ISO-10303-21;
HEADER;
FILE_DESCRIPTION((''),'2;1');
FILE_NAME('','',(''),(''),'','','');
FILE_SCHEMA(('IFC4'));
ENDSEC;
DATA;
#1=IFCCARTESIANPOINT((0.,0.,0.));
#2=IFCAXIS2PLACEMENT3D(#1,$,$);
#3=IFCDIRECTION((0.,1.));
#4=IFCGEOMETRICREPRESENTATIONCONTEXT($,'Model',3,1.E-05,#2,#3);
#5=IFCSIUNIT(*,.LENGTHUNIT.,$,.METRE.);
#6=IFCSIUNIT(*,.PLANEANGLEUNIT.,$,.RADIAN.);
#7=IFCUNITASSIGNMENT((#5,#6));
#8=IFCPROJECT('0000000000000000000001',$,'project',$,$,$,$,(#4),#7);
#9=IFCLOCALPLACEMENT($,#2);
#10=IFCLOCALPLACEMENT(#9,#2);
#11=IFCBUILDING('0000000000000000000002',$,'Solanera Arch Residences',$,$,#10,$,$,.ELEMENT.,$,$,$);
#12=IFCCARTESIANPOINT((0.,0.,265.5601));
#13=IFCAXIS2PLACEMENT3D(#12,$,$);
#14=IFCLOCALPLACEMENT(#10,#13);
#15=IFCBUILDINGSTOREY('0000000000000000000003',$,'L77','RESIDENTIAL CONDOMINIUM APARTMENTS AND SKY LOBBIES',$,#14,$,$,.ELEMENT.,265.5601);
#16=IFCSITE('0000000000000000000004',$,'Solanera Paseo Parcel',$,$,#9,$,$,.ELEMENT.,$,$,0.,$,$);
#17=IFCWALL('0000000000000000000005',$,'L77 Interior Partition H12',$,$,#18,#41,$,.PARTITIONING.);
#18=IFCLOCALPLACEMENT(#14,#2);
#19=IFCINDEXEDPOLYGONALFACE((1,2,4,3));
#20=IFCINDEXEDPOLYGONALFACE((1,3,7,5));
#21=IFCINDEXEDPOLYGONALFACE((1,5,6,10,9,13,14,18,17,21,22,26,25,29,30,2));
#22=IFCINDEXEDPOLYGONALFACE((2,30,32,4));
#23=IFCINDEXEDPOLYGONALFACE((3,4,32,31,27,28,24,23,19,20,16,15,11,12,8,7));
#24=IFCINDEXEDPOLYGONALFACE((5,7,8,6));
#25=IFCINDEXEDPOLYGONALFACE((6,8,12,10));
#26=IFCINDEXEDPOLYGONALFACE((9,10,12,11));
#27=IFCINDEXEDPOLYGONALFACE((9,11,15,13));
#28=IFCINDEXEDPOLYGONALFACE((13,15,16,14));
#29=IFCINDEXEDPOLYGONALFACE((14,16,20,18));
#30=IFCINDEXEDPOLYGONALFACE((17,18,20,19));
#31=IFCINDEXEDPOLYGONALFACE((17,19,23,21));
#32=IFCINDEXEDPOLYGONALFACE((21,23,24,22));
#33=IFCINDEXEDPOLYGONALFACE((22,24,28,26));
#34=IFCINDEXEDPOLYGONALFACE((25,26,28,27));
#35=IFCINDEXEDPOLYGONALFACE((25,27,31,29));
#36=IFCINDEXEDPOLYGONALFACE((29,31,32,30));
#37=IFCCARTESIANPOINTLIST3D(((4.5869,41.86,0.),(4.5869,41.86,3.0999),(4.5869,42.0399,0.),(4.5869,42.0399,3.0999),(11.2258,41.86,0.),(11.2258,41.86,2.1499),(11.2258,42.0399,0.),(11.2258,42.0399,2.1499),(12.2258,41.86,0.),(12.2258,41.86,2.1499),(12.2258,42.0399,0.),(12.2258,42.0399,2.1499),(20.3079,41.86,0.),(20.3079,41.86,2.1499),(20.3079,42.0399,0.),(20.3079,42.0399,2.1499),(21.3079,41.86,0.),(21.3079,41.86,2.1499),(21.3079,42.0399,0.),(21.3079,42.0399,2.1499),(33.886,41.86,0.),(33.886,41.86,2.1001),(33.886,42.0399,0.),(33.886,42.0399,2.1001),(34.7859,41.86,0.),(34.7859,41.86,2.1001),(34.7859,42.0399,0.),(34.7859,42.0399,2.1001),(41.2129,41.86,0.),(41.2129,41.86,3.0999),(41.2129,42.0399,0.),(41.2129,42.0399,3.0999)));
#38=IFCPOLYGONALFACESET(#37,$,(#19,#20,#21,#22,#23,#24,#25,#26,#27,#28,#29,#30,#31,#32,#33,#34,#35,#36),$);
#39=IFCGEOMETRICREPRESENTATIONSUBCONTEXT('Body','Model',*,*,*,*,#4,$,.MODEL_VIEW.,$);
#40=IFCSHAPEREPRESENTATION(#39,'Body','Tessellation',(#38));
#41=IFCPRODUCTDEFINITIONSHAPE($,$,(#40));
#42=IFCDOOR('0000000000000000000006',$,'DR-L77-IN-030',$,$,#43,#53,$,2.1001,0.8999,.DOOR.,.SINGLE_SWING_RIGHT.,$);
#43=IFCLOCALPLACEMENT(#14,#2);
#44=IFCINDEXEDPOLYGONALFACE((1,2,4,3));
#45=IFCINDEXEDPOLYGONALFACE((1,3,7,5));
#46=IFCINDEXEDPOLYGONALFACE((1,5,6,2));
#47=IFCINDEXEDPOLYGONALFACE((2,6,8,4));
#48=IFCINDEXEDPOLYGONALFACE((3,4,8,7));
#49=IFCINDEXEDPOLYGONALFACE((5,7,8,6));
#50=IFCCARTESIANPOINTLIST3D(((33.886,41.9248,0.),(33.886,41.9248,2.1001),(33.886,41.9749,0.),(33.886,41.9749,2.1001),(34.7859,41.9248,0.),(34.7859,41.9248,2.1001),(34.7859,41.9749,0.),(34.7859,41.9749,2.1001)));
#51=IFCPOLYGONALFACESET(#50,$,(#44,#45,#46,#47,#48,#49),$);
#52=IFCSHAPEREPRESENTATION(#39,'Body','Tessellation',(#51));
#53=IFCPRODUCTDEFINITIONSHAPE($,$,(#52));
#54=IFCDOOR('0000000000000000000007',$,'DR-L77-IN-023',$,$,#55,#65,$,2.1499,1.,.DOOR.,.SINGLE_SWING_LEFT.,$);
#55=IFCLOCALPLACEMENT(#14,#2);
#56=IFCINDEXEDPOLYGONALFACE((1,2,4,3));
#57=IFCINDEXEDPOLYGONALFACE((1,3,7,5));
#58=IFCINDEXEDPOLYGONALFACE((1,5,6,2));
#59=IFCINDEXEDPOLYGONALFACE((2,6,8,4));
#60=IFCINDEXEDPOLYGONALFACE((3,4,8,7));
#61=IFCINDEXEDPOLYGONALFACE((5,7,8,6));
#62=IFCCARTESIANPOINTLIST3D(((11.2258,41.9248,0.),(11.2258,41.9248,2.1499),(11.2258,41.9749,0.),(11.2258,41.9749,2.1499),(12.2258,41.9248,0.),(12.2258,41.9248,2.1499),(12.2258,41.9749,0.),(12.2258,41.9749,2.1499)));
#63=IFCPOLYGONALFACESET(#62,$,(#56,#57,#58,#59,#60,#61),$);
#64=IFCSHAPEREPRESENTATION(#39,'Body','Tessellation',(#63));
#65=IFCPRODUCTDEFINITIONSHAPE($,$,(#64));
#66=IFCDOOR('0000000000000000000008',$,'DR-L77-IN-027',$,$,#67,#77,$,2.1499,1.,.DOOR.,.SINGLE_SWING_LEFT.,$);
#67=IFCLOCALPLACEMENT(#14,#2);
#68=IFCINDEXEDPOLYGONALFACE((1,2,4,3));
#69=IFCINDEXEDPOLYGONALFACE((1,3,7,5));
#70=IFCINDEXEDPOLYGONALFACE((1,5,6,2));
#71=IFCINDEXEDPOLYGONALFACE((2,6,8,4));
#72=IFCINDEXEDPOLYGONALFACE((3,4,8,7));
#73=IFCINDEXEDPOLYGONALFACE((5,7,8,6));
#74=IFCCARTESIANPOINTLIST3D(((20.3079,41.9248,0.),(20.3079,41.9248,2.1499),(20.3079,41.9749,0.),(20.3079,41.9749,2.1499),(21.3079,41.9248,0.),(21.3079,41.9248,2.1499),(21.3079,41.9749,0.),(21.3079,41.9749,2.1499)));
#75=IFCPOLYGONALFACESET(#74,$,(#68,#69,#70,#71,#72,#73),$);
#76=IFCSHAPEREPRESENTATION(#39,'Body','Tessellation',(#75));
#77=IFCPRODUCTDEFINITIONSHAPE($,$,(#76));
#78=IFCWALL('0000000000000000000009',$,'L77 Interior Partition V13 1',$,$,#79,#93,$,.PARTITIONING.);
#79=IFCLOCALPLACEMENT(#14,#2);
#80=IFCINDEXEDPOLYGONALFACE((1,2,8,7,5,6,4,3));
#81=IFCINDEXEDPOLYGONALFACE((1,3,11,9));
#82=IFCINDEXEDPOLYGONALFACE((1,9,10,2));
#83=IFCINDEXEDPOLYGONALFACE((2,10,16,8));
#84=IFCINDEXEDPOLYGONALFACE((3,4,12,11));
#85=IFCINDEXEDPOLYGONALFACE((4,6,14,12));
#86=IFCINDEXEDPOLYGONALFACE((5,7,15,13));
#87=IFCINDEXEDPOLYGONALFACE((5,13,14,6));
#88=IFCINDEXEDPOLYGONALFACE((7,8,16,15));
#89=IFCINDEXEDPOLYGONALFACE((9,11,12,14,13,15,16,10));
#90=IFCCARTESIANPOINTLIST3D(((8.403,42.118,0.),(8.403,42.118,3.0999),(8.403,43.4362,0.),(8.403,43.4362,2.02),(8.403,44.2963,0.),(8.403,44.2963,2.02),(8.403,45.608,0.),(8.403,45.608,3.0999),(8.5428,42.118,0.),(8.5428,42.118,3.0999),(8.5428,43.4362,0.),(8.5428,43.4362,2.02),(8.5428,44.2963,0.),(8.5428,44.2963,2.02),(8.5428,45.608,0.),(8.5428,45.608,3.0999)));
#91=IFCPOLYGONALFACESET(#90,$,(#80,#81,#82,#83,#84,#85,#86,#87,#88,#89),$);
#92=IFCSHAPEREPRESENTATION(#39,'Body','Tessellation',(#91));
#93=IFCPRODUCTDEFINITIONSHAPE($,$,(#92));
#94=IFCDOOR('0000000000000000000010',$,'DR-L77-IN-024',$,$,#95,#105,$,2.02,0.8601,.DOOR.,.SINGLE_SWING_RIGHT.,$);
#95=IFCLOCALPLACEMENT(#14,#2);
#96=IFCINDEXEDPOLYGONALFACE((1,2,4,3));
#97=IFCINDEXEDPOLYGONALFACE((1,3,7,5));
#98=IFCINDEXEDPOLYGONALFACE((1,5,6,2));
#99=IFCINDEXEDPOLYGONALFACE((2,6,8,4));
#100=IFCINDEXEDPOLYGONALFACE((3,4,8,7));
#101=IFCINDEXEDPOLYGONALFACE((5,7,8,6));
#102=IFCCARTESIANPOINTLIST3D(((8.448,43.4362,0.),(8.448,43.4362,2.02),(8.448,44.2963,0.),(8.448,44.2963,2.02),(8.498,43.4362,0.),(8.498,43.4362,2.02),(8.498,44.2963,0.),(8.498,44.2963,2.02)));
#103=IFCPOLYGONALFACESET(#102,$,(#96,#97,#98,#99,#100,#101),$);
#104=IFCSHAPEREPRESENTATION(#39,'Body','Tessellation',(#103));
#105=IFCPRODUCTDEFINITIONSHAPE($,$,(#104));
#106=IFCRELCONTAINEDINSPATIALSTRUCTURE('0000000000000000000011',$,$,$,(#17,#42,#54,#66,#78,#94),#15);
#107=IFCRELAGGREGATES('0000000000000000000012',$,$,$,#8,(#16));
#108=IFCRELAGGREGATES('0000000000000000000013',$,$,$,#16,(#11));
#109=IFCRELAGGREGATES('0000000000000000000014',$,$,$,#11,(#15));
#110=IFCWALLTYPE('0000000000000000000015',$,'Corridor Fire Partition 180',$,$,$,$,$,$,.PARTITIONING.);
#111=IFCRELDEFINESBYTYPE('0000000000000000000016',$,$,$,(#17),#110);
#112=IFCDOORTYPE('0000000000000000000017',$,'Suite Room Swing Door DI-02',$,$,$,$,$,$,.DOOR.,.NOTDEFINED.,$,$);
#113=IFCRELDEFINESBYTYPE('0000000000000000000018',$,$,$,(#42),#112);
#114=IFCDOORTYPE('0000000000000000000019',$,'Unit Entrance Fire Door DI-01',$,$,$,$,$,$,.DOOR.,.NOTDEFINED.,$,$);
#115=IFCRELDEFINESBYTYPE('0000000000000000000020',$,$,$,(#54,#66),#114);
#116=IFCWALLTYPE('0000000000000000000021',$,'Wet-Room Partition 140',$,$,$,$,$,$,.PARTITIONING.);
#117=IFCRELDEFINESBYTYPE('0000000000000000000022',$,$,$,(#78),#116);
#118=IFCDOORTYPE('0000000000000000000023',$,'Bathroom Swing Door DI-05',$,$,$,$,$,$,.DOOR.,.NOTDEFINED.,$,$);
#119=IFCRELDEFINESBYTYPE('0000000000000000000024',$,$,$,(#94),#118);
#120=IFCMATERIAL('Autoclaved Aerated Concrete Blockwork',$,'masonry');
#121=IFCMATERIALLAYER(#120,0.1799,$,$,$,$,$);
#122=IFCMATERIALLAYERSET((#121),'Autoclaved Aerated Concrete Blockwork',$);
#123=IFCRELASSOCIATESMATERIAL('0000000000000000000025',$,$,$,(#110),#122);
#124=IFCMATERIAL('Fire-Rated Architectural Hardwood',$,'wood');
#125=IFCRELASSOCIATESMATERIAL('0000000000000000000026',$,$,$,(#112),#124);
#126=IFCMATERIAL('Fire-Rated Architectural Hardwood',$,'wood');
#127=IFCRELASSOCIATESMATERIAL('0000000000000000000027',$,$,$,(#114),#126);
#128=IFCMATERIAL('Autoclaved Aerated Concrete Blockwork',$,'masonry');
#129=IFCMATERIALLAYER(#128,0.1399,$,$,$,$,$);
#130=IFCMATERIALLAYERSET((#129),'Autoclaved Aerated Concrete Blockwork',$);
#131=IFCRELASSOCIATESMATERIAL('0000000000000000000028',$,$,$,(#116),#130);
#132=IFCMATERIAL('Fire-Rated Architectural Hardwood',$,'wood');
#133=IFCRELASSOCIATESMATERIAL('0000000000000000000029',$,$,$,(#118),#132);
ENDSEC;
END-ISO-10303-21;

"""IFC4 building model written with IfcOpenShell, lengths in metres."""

from ifc_helpers import new_model, si_unit, direction, frame, frame_2d, origin, place, context, subcontext, project, spatial, rectangle, extrude, material, layer, layer_set, type_object, element, fill, save


model = new_model("IFC4")

# Units and contexts
model_context = context("Model", 3, precision=1e-05, world=origin(), true_north=direction((0.0, 1.0)))
body_context = subcontext(model_context, "Body", "Model", "MODEL_VIEW")
ifc_project = project(units=[si_unit("LENGTHUNIT", "METRE"), si_unit("PLANEANGLEUNIT", "RADIAN")], contexts=[model_context])

# Site, building, storey
site_placement = place(None, origin())
site = spatial("IfcSite", under=ifc_project, at=site_placement, Name="Solanera Paseo Parcel", CompositionType="ELEMENT", RefElevation=0.0)
building_placement = place(site_placement, origin())
building = spatial("IfcBuilding", under=site, at=building_placement, Name="Solanera Arch Residences", CompositionType="ELEMENT")
storey_placement = place(building_placement, frame((0.0, 0.0, 265.5601)))
storey = spatial("IfcBuildingStorey", under=building, at=storey_placement, Name="L77", Description="RESIDENTIAL CONDOMINIUM APARTMENTS AND SKY LOBBIES", CompositionType="ELEMENT", Elevation=265.5601)

# Wall, openings, doors
ifc_material_1 = material(Name="Autoclaved Aerated Concrete Blockwork", Category="masonry")
ifc_layer_1 = layer(ifc_material_1, 0.1799)
ifc_layer_set_1 = layer_set([ifc_layer_1], Name="Autoclaved Aerated Concrete Blockwork")
wall_type_1 = type_object("IfcWallType", Name="Corridor Fire Partition 180", PredefinedType="PARTITIONING", material=ifc_layer_set_1)
ifc_material_2 = material(Name="Fire-Rated Architectural Hardwood", Category="wood")
door_type_1 = type_object("IfcDoorType", Name="Suite Room Swing Door DI-02", OperationType="NOTDEFINED", PredefinedType="DOOR", material=ifc_material_2)
wall_1_placement = place(storey_placement, frame((4.5869, 41.95, 0.0), z_axis=(0.0, 0.0, 1.0), x_axis=(1.0, 0.0, 0.0)))
wall_1 = element("IfcWall", 1, at=wall_1_placement, inside=storey, type_object=wall_type_1, Name="L77 Interior Partition H12", PredefinedType="PARTITIONING", context=body_context, shape_type="SweptSolid", body=[
    extrude(rectangle(XDim=36.626, YDim=0.1799, at=frame_2d((18.313, 0.0))), origin(), (0.0, 0.0, 1.0), 3.0999),
])
opening_1_placement = place(wall_1_placement, frame((6.6389, 0.0, 0.0)))
opening_1 = element("IfcOpeningElement", 2, at=opening_1_placement, cuts=wall_1, PredefinedType="OPENING", context=body_context, shape_type="SweptSolid", body=[
    extrude(rectangle(XDim=1.0, YDim=2.1499, at=frame_2d((0.5, 1.075))), frame((0.0, 0.1001, 0.0), z_axis=(0.0, -1.0, 0.0), x_axis=(1.0, 0.0, 0.0)), (0.0, 0.0, 1.0), 0.1999),
])
opening_2_placement = place(wall_1_placement, frame((15.7209, 0.0, 0.0)))
opening_2 = element("IfcOpeningElement", 3, at=opening_2_placement, cuts=wall_1, PredefinedType="OPENING", context=body_context, shape_type="SweptSolid", body=[
    extrude(rectangle(XDim=1.0, YDim=2.1499, at=frame_2d((0.5, 1.075))), frame((0.0, 0.1001, 0.0), z_axis=(0.0, -1.0, 0.0), x_axis=(1.0, 0.0, 0.0)), (0.0, 0.0, 1.0), 0.1999),
])
opening_3_placement = place(wall_1_placement, frame((29.2991, 0.0, 0.0)))
opening_3 = element("IfcOpeningElement", 4, at=opening_3_placement, cuts=wall_1, PredefinedType="OPENING", context=body_context, shape_type="SweptSolid", body=[
    extrude(rectangle(XDim=0.8999, YDim=2.1001, at=frame_2d((0.45, 1.05))), frame((0.0, 0.1001, 0.0), z_axis=(0.0, -1.0, 0.0), x_axis=(1.0, 0.0, 0.0)), (0.0, 0.0, 1.0), 0.1999),
])
door_1_placement = place(opening_3_placement, origin())
door_1 = element("IfcDoor", 5, at=door_1_placement, inside=storey, type_object=door_type_1, Name="DR-L77-IN-030", OperationType="SINGLE_SWING_RIGHT", OverallHeight=2.1001, OverallWidth=0.8999, PredefinedType="DOOR", context=body_context, shape_type="SweptSolid", body=[
    extrude(rectangle(XDim=0.8999, YDim=2.1001, at=frame_2d((0.45, 1.05))), frame((0.0, 0.0249, 0.0), z_axis=(0.0, -1.0, 0.0), x_axis=(1.0, 0.0, 0.0)), (0.0, 0.0, 1.0), 0.05),
])
fill(opening_3, door_1)
ifc_material_3 = material(Name="Fire-Rated Architectural Hardwood", Category="wood")
door_type_2 = type_object("IfcDoorType", Name="Unit Entrance Fire Door DI-01", OperationType="NOTDEFINED", PredefinedType="DOOR", material=ifc_material_3)
door_2_placement = place(opening_1_placement, origin())
door_2 = element("IfcDoor", 6, at=door_2_placement, inside=storey, type_object=door_type_2, Name="DR-L77-IN-023", OperationType="SINGLE_SWING_LEFT", OverallHeight=2.1499, OverallWidth=1.0, PredefinedType="DOOR", context=body_context, shape_type="SweptSolid", body=[
    extrude(rectangle(XDim=1.0, YDim=2.1499, at=frame_2d((0.5, 1.075))), frame((0.0, 0.0249, 0.0), z_axis=(0.0, -1.0, 0.0), x_axis=(1.0, 0.0, 0.0)), (0.0, 0.0, 1.0), 0.05),
])
fill(opening_1, door_2)
door_3_placement = place(opening_2_placement, origin())
door_3 = element("IfcDoor", 7, at=door_3_placement, inside=storey, type_object=door_type_2, Name="DR-L77-IN-027", OperationType="SINGLE_SWING_LEFT", OverallHeight=2.1499, OverallWidth=1.0, PredefinedType="DOOR", context=body_context, shape_type="SweptSolid", body=[
    extrude(rectangle(XDim=1.0, YDim=2.1499, at=frame_2d((0.5, 1.075))), frame((0.0, 0.0249, 0.0), z_axis=(0.0, -1.0, 0.0), x_axis=(1.0, 0.0, 0.0)), (0.0, 0.0, 1.0), 0.05),
])
fill(opening_2, door_3)

# Wall, opening, door
ifc_material_4 = material(Name="Autoclaved Aerated Concrete Blockwork", Category="masonry")
ifc_layer_2 = layer(ifc_material_4, 0.1399)
ifc_layer_set_2 = layer_set([ifc_layer_2], Name="Autoclaved Aerated Concrete Blockwork")
wall_type_2 = type_object("IfcWallType", Name="Wet-Room Partition 140", PredefinedType="PARTITIONING", material=ifc_layer_set_2)
wall_2_placement = place(storey_placement, frame((8.4729, 42.1179, 0.0), z_axis=(0.0, 0.0, 1.0), x_axis=(0.0, 1.0, 0.0)))
wall_2 = element("IfcWall", 8, at=wall_2_placement, inside=storey, type_object=wall_type_2, Name="L77 Interior Partition V13 1", PredefinedType="PARTITIONING", context=body_context, shape_type="SweptSolid", body=[
    extrude(rectangle(XDim=3.49, YDim=0.1399, at=frame_2d((1.7451, 0.0))), origin(), (0.0, 0.0, 1.0), 3.0999),
])
opening_4_placement = place(wall_2_placement, frame((1.3181, 0.0, 0.0)))
opening_4 = element("IfcOpeningElement", 9, at=opening_4_placement, cuts=wall_2, PredefinedType="OPENING", context=body_context, shape_type="SweptSolid", body=[
    extrude(rectangle(XDim=0.8601, YDim=2.02, at=frame_2d((0.4302, 1.01))), frame((0.0, 0.0798, 0.0), z_axis=(0.0, -1.0, 0.0), x_axis=(1.0, 0.0, 0.0)), (0.0, 0.0, 1.0), 0.1599),
])
ifc_material_5 = material(Name="Fire-Rated Architectural Hardwood", Category="wood")
door_type_3 = type_object("IfcDoorType", Name="Bathroom Swing Door DI-05", OperationType="NOTDEFINED", PredefinedType="DOOR", material=ifc_material_5)
door_4_placement = place(opening_4_placement, origin())
door_4 = element("IfcDoor", 10, at=door_4_placement, inside=storey, type_object=door_type_3, Name="DR-L77-IN-024", OperationType="SINGLE_SWING_RIGHT", OverallHeight=2.02, OverallWidth=0.8601, PredefinedType="DOOR", context=body_context, shape_type="SweptSolid", body=[
    extrude(rectangle(XDim=0.8601, YDim=2.02, at=frame_2d((0.4302, 1.01))), frame((0.0, 0.0249, 0.0), z_axis=(0.0, -1.0, 0.0), x_axis=(1.0, 0.0, 0.0)), (0.0, 0.0, 1.0), 0.05),
])
fill(opening_4, door_4)

save(model, "model.ifc")
